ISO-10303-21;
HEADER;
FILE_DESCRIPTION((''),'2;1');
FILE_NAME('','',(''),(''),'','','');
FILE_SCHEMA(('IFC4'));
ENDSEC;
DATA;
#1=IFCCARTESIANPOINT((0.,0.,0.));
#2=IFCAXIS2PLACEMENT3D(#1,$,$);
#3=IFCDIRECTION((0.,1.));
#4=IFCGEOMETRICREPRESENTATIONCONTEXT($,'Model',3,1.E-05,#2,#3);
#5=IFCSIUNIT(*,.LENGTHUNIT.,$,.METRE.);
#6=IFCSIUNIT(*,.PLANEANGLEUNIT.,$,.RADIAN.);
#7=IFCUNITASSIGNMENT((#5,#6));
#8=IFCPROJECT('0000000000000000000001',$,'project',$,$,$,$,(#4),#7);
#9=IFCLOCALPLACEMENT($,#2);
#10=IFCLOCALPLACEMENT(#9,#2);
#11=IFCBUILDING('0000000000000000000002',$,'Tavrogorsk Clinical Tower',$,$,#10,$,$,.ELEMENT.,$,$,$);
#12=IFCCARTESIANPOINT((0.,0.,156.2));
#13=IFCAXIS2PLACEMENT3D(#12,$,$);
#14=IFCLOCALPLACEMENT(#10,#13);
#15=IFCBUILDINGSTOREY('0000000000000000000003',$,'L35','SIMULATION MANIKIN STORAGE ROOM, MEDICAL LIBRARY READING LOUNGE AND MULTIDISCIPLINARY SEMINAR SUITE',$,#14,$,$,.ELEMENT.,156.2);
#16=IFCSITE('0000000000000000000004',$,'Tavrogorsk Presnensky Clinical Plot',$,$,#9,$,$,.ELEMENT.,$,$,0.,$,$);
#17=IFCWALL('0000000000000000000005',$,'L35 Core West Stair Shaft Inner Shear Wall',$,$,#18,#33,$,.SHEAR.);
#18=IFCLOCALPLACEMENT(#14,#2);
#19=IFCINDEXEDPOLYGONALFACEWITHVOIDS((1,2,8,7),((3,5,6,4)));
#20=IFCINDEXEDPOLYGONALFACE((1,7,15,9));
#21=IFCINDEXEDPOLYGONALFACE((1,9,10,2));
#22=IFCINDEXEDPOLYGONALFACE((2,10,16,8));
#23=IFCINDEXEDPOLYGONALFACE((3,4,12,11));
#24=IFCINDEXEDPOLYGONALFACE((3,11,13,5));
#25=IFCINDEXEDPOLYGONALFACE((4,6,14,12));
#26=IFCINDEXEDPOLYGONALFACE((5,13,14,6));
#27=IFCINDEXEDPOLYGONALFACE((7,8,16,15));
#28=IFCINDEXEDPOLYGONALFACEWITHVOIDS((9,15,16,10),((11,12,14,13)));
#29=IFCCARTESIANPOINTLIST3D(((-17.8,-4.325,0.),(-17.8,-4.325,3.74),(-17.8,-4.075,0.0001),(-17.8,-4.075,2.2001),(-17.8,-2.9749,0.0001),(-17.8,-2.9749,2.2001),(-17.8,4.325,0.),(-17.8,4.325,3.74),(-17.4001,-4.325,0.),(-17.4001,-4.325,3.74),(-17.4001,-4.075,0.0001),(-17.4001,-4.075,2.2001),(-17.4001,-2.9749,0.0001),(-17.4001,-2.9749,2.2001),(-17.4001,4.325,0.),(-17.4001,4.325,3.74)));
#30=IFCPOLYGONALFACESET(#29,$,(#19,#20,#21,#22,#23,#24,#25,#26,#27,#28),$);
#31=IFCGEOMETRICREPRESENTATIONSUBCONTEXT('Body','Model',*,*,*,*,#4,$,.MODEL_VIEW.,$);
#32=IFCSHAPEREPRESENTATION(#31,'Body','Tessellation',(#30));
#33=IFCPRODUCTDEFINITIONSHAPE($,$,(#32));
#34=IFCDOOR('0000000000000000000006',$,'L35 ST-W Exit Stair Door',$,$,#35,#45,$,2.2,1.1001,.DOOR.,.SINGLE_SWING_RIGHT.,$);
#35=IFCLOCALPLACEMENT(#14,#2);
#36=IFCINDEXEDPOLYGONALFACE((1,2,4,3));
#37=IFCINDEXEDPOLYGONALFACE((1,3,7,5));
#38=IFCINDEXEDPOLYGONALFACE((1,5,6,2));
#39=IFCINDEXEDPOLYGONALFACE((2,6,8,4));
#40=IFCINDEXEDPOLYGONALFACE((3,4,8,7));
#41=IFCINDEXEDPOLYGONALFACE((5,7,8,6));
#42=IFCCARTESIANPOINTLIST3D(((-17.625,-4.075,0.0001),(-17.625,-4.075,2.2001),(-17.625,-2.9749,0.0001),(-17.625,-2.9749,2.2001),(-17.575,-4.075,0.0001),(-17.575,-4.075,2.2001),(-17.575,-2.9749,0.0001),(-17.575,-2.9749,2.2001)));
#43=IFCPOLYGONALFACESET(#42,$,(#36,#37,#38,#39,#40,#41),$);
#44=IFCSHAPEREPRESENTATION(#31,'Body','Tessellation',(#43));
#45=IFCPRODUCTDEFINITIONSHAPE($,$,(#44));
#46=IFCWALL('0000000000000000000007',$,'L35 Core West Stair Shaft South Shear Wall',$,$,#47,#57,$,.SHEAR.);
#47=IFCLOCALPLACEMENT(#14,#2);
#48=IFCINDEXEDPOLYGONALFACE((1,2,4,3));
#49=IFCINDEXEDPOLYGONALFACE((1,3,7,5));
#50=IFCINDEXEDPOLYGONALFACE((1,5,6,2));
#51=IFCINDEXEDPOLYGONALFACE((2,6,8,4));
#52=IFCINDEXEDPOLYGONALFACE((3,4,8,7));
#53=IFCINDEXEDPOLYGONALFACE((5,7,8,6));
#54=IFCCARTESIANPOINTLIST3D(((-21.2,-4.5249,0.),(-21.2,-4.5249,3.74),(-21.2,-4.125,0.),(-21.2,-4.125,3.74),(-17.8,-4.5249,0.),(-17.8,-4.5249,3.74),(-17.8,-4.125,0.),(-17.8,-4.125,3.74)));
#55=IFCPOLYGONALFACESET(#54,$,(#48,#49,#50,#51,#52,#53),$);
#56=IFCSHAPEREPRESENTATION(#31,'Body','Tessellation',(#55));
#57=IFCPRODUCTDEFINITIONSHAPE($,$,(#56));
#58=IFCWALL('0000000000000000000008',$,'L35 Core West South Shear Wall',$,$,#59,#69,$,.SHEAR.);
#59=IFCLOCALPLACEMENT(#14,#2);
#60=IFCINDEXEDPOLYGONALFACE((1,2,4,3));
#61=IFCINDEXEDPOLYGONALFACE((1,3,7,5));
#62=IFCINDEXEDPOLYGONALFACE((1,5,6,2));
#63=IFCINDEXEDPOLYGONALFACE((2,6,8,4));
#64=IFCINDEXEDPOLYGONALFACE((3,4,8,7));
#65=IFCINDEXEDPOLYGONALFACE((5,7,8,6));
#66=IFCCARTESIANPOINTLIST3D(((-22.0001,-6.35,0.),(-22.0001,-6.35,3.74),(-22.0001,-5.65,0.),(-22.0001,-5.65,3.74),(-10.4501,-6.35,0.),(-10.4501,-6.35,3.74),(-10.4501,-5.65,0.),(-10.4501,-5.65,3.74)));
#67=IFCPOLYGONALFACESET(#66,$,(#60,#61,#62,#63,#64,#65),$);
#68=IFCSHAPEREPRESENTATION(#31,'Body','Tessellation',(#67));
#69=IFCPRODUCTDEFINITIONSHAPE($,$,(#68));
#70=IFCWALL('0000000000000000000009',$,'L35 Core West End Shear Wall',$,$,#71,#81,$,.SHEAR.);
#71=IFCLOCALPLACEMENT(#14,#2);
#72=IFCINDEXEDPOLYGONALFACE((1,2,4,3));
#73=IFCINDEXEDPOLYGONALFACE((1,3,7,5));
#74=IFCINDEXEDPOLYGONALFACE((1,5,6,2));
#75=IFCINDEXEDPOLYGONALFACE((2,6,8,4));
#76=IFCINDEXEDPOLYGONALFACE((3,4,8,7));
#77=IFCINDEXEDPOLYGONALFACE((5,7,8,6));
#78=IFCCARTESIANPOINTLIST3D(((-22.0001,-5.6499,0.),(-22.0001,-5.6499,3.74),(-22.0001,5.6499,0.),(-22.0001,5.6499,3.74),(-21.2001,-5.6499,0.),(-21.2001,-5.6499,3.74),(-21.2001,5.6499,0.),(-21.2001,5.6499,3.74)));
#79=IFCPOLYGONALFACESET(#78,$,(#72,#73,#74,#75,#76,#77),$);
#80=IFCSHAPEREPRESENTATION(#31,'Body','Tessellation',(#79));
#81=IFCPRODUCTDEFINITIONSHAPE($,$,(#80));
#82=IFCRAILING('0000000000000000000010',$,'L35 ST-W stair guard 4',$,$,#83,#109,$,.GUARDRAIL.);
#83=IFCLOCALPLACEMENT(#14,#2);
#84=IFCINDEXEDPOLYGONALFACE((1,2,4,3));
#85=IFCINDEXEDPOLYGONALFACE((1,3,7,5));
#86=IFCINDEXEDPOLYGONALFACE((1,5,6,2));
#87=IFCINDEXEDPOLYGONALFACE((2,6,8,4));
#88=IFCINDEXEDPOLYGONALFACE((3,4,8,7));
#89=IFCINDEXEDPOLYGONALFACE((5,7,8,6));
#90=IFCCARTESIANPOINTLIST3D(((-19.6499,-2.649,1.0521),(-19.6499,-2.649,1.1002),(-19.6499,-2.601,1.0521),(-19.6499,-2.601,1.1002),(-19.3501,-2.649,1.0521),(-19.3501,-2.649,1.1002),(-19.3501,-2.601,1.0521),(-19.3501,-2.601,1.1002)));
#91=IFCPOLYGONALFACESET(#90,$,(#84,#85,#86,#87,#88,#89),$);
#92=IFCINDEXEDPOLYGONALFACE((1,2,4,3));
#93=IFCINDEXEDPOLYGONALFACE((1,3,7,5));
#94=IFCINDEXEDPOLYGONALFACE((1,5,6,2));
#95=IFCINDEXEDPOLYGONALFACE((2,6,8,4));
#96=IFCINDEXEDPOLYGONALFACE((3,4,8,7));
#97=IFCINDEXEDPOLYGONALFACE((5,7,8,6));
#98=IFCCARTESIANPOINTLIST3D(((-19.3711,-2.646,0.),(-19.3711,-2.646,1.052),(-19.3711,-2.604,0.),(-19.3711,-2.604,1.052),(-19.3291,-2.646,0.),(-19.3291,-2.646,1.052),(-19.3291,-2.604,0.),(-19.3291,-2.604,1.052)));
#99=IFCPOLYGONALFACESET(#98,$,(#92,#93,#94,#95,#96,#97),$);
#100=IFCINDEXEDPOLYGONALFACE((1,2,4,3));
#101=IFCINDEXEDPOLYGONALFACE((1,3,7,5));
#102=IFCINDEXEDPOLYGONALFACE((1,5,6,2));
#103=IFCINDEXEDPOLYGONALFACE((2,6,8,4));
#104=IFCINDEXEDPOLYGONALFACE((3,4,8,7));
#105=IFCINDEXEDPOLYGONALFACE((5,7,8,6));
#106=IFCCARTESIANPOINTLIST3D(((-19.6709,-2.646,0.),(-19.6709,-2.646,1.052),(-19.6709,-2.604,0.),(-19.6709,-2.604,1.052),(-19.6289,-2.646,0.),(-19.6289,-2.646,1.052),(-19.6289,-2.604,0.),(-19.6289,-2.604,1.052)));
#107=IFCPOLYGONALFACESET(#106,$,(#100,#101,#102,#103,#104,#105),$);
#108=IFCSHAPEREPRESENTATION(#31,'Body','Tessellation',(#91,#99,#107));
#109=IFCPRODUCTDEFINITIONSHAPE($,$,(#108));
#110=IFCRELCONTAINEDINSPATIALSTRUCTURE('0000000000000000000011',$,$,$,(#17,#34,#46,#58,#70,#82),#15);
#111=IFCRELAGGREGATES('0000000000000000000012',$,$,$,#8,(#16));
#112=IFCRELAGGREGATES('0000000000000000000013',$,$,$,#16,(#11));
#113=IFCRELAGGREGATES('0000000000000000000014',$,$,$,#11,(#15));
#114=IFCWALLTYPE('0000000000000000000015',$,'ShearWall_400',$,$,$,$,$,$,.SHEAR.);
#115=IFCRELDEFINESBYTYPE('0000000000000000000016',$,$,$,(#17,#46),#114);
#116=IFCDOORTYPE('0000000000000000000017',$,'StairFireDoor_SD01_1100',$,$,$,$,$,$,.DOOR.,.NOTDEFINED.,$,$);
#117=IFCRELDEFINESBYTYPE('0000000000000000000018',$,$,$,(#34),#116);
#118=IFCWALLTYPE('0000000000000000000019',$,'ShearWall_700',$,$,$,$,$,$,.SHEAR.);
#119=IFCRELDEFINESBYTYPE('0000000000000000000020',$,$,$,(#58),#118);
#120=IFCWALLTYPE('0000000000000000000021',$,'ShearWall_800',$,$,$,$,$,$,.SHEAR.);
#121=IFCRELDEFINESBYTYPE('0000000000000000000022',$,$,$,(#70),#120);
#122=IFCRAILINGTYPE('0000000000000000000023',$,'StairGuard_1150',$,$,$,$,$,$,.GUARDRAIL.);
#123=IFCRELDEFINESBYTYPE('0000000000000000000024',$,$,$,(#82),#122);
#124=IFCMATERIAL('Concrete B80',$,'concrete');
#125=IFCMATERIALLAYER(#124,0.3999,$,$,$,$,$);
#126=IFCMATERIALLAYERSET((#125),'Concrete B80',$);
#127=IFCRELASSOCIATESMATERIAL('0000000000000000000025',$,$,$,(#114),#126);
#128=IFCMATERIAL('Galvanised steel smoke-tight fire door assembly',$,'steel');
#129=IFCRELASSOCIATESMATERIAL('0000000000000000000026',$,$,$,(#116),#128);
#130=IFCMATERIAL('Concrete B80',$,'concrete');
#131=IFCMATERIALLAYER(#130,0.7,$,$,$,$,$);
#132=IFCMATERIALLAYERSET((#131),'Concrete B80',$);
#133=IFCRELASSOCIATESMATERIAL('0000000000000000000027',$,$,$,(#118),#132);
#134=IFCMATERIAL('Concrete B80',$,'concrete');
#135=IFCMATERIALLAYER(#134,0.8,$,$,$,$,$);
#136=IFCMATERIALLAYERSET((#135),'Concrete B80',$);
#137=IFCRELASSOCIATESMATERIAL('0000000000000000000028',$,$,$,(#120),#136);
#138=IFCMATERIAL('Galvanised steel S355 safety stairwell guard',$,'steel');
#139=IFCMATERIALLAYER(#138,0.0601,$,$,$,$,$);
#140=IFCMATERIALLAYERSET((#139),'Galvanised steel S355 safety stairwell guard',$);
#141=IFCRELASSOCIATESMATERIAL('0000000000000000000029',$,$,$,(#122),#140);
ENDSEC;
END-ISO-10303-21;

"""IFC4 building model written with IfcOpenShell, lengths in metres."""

from ifc_helpers import new_model, si_unit, direction, frame, frame_2d, origin, origin_2d, place, context, subcontext, project, spatial, rectangle, extrude, material, layer, layer_set, type_object, element, fill, save


model = new_model("IFC4")

# Units and contexts
model_context = context("Model", 3, precision=1e-05, world=origin(), true_north=direction((0.0, 1.0)))
body_context = subcontext(model_context, "Body", "Model", "MODEL_VIEW")
ifc_project = project(units=[si_unit("LENGTHUNIT", "METRE"), si_unit("PLANEANGLEUNIT", "RADIAN")], contexts=[model_context])

# Site, building, storey
site_placement = place(None, origin())
site = spatial("IfcSite", under=ifc_project, at=site_placement, Name="Tavrogorsk Presnensky Clinical Plot", CompositionType="ELEMENT", RefElevation=0.0)
building_placement = place(site_placement, origin())
building = spatial("IfcBuilding", under=site, at=building_placement, Name="Tavrogorsk Clinical Tower", CompositionType="ELEMENT")
storey_placement = place(building_placement, frame((0.0, 0.0, 156.2)))
storey = spatial("IfcBuildingStorey", under=building, at=storey_placement, Name="L35", Description="SIMULATION MANIKIN STORAGE ROOM, MEDICAL LIBRARY READING LOUNGE AND MULTIDISCIPLINARY SEMINAR SUITE", CompositionType="ELEMENT", Elevation=156.2)

# Wall, opening, door
ifc_material_1 = material(Name="Concrete B80", Category="concrete")
ifc_layer_1 = layer(ifc_material_1, 0.3999)
ifc_layer_set_1 = layer_set([ifc_layer_1], Name="Concrete B80")
wall_type_1 = type_object("IfcWallType", Name="ShearWall_400", PredefinedType="SHEAR", material=ifc_layer_set_1)
wall_1_placement = place(storey_placement, frame((-17.6001, -4.325, 0.0), z_axis=(0.0, 0.0, 1.0), x_axis=(0.0, 1.0, 0.0)))
wall_1 = element("IfcWall", 1, at=wall_1_placement, inside=storey, type_object=wall_type_1, Name="L35 Core West Stair Shaft Inner Shear Wall", PredefinedType="SHEAR", context=body_context, shape_type="SweptSolid", body=[
    extrude(rectangle(XDim=8.6499, YDim=0.3999, at=frame_2d((4.325, 0.0))), origin(), (0.0, 0.0, 1.0), 3.74),
])
opening_1_placement = place(wall_1_placement, frame((0.25, 0.0, 0.0)))
opening_1 = element("IfcOpeningElement", 2, at=opening_1_placement, cuts=wall_1, PredefinedType="OPENING", context=body_context, shape_type="SweptSolid", body=[
    extrude(rectangle(XDim=1.1001, YDim=2.2, at=frame_2d((0.55, 1.1001))), frame((0.0, 0.21, 0.0), z_axis=(0.0, -1.0, 0.0), x_axis=(1.0, 0.0, 0.0)), (0.0, 0.0, 1.0), 0.4199),
])
ifc_material_2 = material(Name="Galvanised steel smoke-tight fire door assembly", Category="steel")
door_type_1 = type_object("IfcDoorType", Name="StairFireDoor_SD01_1100", OperationType="NOTDEFINED", PredefinedType="DOOR", material=ifc_material_2)
door_1_placement = place(opening_1_placement, origin())
door_1 = element("IfcDoor", 3, at=door_1_placement, inside=storey, type_object=door_type_1, Name="L35 ST-W Exit Stair Door", OperationType="SINGLE_SWING_RIGHT", OverallHeight=2.2, OverallWidth=1.1001, PredefinedType="DOOR", context=body_context, shape_type="SweptSolid", body=[
    extrude(rectangle(XDim=1.1001, YDim=2.2, at=frame_2d((0.55, 1.1001))), frame((0.0, 0.0249, 0.0), z_axis=(0.0, -1.0, 0.0), x_axis=(1.0, 0.0, 0.0)), (0.0, 0.0, 1.0), 0.05),
])
fill(opening_1, door_1)

# Walls
wall_2_placement = place(storey_placement, frame((-21.2, -4.325, 0.0), z_axis=(0.0, 0.0, 1.0), x_axis=(1.0, 0.0, 0.0)))
element("IfcWall", 4, at=wall_2_placement, inside=storey, type_object=wall_type_1, Name="L35 Core West Stair Shaft South Shear Wall", PredefinedType="SHEAR", context=body_context, shape_type="SweptSolid", body=[
    extrude(rectangle(XDim=3.3999, YDim=0.3999, at=frame_2d((1.7, 0.0))), origin(), (0.0, 0.0, 1.0), 3.74),
])
ifc_material_3 = material(Name="Concrete B80", Category="concrete")
ifc_layer_2 = layer(ifc_material_3, 0.7)
ifc_layer_set_2 = layer_set([ifc_layer_2], Name="Concrete B80")
wall_type_2 = type_object("IfcWallType", Name="ShearWall_700", PredefinedType="SHEAR", material=ifc_layer_set_2)
wall_3_placement = place(storey_placement, frame((-22.0, -6.0, 0.0), z_axis=(0.0, 0.0, 1.0), x_axis=(1.0, 0.0, 0.0)))
element("IfcWall", 5, at=wall_3_placement, inside=storey, type_object=wall_type_2, Name="L35 Core West South Shear Wall", PredefinedType="SHEAR", context=body_context, shape_type="SweptSolid", body=[
    extrude(rectangle(XDim=11.55, YDim=0.7, at=frame_2d((5.7749, 0.0))), origin(), (0.0, 0.0, 1.0), 3.74),
])
ifc_material_4 = material(Name="Concrete B80", Category="concrete")
ifc_layer_3 = layer(ifc_material_4, 0.8)
ifc_layer_set_3 = layer_set([ifc_layer_3], Name="Concrete B80")
wall_type_3 = type_object("IfcWallType", Name="ShearWall_800", PredefinedType="SHEAR", material=ifc_layer_set_3)
wall_4_placement = place(storey_placement, frame((-21.6001, -5.6499, 0.0), z_axis=(0.0, 0.0, 1.0), x_axis=(0.0, 1.0, 0.0)))
element("IfcWall", 6, at=wall_4_placement, inside=storey, type_object=wall_type_3, Name="L35 Core West End Shear Wall", PredefinedType="SHEAR", context=body_context, shape_type="SweptSolid", body=[
    extrude(rectangle(XDim=11.2998, YDim=0.8, at=frame_2d((5.6499, 0.0))), origin(), (0.0, 0.0, 1.0), 3.74),
])

# Railing
ifc_material_5 = material(Name="Galvanised steel S355 safety stairwell guard", Category="steel")
ifc_layer_4 = layer(ifc_material_5, 0.0601)
ifc_layer_set_4 = layer_set([ifc_layer_4], Name="Galvanised steel S355 safety stairwell guard")
railing_type = type_object("IfcRailingType", Name="StairGuard_1150", PredefinedType="GUARDRAIL", material=ifc_layer_set_4)
railing_placement = place(storey_placement, frame((-19.3501, -2.625, 0.0)))
element("IfcRailing", 7, at=railing_placement, inside=storey, type_object=railing_type, Name="L35 ST-W stair guard 4", PredefinedType="GUARDRAIL", context=body_context, shape_type="SweptSolid", body=[
    extrude(rectangle(XDim=0.0481, YDim=0.0481, at=origin_2d()), frame((0.0, 0.0, 1.0762), z_axis=(-1.0, 0.0, 0.0), x_axis=(0.0, -1.0, 0.0)), (0.0, 0.0, 1.0), 0.2998),
    extrude(rectangle(XDim=0.042, YDim=0.042, at=origin_2d()), origin(), (0.0, 0.0, 1.0), 1.052),
    extrude(rectangle(XDim=0.042, YDim=0.042, at=origin_2d()), frame((-0.2998, 0.0, 0.0)), (0.0, 0.0, 1.0), 1.052),
])

save(model, "model.ifc")
